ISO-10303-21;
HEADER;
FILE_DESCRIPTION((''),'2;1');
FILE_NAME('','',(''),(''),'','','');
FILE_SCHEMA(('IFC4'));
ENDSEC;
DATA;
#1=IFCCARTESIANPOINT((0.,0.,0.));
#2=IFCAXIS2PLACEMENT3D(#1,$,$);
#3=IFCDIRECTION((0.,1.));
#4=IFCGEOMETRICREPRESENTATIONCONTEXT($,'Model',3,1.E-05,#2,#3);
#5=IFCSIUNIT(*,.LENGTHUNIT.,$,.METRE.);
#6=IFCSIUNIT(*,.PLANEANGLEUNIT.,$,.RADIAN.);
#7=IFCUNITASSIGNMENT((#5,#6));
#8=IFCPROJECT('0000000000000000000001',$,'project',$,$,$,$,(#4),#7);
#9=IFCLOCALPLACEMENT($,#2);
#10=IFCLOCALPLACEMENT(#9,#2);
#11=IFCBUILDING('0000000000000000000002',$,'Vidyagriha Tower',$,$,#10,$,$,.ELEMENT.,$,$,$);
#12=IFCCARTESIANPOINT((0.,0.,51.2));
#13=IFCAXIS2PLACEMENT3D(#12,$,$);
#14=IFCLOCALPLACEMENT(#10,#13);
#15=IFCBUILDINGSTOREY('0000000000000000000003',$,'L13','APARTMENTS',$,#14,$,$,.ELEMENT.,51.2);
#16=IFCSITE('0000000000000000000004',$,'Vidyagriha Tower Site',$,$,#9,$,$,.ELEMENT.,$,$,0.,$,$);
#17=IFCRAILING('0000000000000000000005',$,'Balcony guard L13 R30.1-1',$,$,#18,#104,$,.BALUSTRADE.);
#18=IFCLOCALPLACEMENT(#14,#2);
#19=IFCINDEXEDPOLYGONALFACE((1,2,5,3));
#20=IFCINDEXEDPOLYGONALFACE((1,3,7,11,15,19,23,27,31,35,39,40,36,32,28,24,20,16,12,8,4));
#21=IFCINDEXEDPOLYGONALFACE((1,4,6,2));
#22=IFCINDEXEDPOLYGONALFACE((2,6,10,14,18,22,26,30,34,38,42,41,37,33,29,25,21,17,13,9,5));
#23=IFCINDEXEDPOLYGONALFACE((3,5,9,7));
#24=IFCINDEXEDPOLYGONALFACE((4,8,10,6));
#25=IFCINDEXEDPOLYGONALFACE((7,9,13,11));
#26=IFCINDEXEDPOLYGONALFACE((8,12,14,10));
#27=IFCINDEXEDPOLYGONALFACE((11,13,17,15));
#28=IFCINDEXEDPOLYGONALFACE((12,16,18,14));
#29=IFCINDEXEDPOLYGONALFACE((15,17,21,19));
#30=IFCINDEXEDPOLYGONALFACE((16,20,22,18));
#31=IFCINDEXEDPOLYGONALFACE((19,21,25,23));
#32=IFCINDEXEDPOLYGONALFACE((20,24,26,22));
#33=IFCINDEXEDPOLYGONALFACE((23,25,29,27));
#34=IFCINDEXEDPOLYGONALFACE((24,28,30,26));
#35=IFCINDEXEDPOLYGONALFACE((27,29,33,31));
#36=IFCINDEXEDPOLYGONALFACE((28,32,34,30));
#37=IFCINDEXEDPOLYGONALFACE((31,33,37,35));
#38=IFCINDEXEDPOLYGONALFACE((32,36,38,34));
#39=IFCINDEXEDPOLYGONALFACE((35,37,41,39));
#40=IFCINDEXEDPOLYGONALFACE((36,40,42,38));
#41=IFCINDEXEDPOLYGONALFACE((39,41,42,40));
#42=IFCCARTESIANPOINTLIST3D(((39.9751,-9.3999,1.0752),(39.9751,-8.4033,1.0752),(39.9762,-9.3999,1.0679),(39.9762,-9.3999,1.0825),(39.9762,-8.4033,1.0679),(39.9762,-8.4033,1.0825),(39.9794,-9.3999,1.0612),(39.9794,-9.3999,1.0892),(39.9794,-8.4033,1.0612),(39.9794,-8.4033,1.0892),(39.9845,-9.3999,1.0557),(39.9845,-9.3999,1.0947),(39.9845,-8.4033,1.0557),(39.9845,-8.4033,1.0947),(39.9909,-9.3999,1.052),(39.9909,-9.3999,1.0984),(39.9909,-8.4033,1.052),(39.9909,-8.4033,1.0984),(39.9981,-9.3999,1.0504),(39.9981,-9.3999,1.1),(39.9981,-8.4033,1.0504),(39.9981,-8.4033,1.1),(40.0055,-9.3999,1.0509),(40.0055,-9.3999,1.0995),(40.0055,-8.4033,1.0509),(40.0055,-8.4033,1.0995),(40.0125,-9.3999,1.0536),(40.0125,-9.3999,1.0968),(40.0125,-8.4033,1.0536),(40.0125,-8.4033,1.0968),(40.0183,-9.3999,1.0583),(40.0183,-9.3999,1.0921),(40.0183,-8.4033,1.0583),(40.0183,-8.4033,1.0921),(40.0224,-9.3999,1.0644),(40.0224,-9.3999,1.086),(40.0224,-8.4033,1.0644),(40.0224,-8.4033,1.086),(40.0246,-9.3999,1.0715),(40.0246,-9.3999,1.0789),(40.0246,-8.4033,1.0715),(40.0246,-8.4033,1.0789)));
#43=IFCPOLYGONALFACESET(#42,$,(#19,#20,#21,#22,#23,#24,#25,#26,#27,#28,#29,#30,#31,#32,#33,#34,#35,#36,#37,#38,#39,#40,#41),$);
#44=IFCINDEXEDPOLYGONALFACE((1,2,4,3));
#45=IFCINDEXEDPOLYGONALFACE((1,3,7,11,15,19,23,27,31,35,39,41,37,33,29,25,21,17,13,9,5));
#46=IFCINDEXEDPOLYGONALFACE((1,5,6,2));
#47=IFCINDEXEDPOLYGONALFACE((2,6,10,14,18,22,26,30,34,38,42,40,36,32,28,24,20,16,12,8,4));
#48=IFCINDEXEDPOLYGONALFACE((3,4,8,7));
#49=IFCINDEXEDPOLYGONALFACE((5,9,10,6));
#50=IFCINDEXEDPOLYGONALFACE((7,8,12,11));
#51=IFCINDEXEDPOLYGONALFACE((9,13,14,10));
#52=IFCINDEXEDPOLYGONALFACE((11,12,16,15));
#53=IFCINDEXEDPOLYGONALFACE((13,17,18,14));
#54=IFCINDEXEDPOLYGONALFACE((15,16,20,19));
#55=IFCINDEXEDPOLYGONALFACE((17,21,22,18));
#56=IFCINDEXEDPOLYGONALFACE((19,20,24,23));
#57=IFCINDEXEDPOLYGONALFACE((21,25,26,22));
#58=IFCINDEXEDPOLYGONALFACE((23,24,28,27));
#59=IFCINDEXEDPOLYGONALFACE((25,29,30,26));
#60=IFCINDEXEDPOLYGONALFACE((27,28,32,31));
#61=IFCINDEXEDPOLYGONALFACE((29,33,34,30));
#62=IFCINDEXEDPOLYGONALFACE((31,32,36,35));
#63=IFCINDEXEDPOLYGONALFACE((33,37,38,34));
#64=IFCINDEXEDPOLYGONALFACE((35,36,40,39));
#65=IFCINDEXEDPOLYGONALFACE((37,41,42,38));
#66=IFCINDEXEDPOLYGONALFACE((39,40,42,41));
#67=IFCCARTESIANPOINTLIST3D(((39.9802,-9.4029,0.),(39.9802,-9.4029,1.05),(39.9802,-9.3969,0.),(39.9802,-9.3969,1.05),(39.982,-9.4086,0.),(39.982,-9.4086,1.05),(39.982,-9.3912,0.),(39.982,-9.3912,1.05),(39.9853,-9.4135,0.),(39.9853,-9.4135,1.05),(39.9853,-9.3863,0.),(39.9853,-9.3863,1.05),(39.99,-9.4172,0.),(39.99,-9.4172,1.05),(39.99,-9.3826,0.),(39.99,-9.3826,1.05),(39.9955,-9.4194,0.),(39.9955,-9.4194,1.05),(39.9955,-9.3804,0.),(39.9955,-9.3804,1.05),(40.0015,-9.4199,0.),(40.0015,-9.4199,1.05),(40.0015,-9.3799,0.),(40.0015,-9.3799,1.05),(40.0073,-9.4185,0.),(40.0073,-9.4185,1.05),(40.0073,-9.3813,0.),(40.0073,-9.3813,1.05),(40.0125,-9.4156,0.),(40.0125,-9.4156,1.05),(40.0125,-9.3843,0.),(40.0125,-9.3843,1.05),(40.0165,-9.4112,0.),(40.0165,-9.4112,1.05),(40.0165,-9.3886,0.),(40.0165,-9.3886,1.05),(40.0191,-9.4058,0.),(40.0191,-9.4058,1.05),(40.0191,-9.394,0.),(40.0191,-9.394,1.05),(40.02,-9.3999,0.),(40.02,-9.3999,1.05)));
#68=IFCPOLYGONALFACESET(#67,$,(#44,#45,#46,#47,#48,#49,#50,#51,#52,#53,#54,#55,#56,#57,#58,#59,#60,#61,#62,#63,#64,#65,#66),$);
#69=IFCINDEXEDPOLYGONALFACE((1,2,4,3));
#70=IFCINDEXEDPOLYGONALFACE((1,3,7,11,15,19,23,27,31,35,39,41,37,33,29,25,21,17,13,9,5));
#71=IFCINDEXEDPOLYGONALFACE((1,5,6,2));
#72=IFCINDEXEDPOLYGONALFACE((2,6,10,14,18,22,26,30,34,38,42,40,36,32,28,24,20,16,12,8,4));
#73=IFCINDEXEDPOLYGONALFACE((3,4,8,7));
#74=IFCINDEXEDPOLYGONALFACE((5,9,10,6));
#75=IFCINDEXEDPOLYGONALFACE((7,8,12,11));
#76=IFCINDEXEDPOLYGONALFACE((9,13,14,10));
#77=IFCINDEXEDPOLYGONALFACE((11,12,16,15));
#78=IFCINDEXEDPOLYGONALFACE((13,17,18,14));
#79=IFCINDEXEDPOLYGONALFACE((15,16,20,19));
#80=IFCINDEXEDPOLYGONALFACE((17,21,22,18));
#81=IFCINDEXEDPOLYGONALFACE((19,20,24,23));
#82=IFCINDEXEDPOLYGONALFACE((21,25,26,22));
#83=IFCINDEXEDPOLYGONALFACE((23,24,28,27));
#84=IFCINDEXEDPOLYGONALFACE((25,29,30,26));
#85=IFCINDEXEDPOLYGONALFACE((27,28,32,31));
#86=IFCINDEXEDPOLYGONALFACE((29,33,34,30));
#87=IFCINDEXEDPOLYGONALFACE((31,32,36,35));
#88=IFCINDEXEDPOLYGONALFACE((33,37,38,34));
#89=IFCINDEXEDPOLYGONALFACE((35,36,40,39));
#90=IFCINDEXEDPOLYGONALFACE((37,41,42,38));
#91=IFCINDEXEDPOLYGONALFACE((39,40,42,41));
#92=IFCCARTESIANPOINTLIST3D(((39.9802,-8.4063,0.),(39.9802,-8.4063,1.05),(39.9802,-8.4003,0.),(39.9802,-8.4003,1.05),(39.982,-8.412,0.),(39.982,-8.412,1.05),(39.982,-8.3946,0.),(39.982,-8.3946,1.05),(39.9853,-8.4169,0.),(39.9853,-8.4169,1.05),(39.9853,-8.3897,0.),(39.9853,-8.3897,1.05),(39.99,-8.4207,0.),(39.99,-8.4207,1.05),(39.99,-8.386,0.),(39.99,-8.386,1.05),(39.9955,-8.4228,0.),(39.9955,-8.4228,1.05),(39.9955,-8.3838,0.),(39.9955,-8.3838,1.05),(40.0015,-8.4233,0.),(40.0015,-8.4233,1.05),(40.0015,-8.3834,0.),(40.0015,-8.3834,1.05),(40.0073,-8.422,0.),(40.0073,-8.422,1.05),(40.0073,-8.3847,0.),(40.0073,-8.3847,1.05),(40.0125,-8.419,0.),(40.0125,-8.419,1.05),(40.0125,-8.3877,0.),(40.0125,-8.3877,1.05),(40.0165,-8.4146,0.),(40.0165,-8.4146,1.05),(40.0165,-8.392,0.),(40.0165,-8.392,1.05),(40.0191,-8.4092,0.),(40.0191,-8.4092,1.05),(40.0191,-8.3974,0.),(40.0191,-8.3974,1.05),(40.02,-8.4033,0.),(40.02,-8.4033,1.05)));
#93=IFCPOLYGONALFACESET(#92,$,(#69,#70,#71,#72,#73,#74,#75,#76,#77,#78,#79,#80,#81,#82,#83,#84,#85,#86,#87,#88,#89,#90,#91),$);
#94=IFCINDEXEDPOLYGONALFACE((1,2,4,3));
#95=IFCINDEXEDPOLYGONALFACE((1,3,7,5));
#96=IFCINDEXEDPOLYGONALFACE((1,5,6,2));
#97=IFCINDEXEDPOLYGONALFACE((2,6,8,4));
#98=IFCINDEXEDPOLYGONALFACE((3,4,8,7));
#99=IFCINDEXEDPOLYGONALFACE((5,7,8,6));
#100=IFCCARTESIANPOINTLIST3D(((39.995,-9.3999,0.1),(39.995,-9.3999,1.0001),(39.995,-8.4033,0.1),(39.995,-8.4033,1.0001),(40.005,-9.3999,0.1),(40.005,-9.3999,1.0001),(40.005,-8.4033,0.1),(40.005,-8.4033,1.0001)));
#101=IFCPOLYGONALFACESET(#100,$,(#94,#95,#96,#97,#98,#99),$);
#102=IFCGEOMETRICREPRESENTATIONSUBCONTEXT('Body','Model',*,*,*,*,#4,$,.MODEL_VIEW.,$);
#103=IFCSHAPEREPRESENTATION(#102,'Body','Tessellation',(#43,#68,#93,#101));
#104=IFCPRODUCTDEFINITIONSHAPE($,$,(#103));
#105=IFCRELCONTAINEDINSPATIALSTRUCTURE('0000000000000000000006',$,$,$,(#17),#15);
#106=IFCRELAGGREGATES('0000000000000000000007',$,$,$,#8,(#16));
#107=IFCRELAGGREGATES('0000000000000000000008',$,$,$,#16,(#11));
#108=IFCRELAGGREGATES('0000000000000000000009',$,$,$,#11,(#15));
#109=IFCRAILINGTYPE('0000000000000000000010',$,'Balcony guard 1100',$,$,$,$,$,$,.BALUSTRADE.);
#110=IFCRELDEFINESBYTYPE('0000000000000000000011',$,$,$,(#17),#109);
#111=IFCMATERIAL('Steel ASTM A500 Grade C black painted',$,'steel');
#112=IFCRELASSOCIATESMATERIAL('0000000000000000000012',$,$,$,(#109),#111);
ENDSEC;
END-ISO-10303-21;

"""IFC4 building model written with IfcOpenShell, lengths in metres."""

from ifc_helpers import new_model, si_unit, direction, frame, origin, origin_2d, place, context, subcontext, project, spatial, rectangle, circle, extrude, material, type_object, element, save


model = new_model("IFC4")

# Units and contexts
model_context = context("Model", 3, precision=1e-05, world=origin(), true_north=direction((0.0, 1.0)))
body_context = subcontext(model_context, "Body", "Model", "MODEL_VIEW")
ifc_project = project(units=[si_unit("LENGTHUNIT", "METRE"), si_unit("PLANEANGLEUNIT", "RADIAN")], contexts=[model_context])

# Site, building, storey
site_placement = place(None, origin())
site = spatial("IfcSite", under=ifc_project, at=site_placement, Name="Vidyagriha Tower Site", CompositionType="ELEMENT", RefElevation=0.0)
building_placement = place(site_placement, origin())
building = spatial("IfcBuilding", under=site, at=building_placement, Name="Vidyagriha Tower", CompositionType="ELEMENT")
storey_placement = place(building_placement, frame((0.0, 0.0, 51.2)))
storey = spatial("IfcBuildingStorey", under=building, at=storey_placement, Name="L13", Description="APARTMENTS", CompositionType="ELEMENT", Elevation=51.2)

# Railing
ifc_material_1 = material(Name="Steel ASTM A500 Grade C black painted", Category="steel")
railing_type_1 = type_object("IfcRailingType", Name="Balcony guard 1100", PredefinedType="BALUSTRADE", material=ifc_material_1)
railing_1_placement = place(storey_placement, frame((40.0, -9.3999, 0.0)))
element("IfcRailing", 1, at=railing_1_placement, inside=storey, type_object=railing_type_1, Name="Balcony guard L13 R30.1-1", PredefinedType="BALUSTRADE", context=body_context, shape_type="SweptSolid", body=[
    extrude(circle(Radius=0.0249, at=origin_2d()), frame((0.0, 0.0, 1.0752), z_axis=(0.0, 1.0, 0.0), x_axis=(-1.0, 0.0, 0.0)), (0.0, 0.0, 1.0), 0.9966),
    extrude(circle(Radius=0.02, at=origin_2d()), origin(), (0.0, 0.0, 1.0), 1.05),
    extrude(circle(Radius=0.02, at=origin_2d()), frame((0.0, 0.9966, 0.0)), (0.0, 0.0, 1.0), 1.05),
    extrude(rectangle(XDim=0.01, YDim=0.9001, at=origin_2d()), frame((0.0, 0.0, 0.55), z_axis=(0.0, 1.0, 0.0), x_axis=(-1.0, 0.0, 0.0)), (0.0, 0.0, 1.0), 0.9966),
])

save(model, "model.ifc")
